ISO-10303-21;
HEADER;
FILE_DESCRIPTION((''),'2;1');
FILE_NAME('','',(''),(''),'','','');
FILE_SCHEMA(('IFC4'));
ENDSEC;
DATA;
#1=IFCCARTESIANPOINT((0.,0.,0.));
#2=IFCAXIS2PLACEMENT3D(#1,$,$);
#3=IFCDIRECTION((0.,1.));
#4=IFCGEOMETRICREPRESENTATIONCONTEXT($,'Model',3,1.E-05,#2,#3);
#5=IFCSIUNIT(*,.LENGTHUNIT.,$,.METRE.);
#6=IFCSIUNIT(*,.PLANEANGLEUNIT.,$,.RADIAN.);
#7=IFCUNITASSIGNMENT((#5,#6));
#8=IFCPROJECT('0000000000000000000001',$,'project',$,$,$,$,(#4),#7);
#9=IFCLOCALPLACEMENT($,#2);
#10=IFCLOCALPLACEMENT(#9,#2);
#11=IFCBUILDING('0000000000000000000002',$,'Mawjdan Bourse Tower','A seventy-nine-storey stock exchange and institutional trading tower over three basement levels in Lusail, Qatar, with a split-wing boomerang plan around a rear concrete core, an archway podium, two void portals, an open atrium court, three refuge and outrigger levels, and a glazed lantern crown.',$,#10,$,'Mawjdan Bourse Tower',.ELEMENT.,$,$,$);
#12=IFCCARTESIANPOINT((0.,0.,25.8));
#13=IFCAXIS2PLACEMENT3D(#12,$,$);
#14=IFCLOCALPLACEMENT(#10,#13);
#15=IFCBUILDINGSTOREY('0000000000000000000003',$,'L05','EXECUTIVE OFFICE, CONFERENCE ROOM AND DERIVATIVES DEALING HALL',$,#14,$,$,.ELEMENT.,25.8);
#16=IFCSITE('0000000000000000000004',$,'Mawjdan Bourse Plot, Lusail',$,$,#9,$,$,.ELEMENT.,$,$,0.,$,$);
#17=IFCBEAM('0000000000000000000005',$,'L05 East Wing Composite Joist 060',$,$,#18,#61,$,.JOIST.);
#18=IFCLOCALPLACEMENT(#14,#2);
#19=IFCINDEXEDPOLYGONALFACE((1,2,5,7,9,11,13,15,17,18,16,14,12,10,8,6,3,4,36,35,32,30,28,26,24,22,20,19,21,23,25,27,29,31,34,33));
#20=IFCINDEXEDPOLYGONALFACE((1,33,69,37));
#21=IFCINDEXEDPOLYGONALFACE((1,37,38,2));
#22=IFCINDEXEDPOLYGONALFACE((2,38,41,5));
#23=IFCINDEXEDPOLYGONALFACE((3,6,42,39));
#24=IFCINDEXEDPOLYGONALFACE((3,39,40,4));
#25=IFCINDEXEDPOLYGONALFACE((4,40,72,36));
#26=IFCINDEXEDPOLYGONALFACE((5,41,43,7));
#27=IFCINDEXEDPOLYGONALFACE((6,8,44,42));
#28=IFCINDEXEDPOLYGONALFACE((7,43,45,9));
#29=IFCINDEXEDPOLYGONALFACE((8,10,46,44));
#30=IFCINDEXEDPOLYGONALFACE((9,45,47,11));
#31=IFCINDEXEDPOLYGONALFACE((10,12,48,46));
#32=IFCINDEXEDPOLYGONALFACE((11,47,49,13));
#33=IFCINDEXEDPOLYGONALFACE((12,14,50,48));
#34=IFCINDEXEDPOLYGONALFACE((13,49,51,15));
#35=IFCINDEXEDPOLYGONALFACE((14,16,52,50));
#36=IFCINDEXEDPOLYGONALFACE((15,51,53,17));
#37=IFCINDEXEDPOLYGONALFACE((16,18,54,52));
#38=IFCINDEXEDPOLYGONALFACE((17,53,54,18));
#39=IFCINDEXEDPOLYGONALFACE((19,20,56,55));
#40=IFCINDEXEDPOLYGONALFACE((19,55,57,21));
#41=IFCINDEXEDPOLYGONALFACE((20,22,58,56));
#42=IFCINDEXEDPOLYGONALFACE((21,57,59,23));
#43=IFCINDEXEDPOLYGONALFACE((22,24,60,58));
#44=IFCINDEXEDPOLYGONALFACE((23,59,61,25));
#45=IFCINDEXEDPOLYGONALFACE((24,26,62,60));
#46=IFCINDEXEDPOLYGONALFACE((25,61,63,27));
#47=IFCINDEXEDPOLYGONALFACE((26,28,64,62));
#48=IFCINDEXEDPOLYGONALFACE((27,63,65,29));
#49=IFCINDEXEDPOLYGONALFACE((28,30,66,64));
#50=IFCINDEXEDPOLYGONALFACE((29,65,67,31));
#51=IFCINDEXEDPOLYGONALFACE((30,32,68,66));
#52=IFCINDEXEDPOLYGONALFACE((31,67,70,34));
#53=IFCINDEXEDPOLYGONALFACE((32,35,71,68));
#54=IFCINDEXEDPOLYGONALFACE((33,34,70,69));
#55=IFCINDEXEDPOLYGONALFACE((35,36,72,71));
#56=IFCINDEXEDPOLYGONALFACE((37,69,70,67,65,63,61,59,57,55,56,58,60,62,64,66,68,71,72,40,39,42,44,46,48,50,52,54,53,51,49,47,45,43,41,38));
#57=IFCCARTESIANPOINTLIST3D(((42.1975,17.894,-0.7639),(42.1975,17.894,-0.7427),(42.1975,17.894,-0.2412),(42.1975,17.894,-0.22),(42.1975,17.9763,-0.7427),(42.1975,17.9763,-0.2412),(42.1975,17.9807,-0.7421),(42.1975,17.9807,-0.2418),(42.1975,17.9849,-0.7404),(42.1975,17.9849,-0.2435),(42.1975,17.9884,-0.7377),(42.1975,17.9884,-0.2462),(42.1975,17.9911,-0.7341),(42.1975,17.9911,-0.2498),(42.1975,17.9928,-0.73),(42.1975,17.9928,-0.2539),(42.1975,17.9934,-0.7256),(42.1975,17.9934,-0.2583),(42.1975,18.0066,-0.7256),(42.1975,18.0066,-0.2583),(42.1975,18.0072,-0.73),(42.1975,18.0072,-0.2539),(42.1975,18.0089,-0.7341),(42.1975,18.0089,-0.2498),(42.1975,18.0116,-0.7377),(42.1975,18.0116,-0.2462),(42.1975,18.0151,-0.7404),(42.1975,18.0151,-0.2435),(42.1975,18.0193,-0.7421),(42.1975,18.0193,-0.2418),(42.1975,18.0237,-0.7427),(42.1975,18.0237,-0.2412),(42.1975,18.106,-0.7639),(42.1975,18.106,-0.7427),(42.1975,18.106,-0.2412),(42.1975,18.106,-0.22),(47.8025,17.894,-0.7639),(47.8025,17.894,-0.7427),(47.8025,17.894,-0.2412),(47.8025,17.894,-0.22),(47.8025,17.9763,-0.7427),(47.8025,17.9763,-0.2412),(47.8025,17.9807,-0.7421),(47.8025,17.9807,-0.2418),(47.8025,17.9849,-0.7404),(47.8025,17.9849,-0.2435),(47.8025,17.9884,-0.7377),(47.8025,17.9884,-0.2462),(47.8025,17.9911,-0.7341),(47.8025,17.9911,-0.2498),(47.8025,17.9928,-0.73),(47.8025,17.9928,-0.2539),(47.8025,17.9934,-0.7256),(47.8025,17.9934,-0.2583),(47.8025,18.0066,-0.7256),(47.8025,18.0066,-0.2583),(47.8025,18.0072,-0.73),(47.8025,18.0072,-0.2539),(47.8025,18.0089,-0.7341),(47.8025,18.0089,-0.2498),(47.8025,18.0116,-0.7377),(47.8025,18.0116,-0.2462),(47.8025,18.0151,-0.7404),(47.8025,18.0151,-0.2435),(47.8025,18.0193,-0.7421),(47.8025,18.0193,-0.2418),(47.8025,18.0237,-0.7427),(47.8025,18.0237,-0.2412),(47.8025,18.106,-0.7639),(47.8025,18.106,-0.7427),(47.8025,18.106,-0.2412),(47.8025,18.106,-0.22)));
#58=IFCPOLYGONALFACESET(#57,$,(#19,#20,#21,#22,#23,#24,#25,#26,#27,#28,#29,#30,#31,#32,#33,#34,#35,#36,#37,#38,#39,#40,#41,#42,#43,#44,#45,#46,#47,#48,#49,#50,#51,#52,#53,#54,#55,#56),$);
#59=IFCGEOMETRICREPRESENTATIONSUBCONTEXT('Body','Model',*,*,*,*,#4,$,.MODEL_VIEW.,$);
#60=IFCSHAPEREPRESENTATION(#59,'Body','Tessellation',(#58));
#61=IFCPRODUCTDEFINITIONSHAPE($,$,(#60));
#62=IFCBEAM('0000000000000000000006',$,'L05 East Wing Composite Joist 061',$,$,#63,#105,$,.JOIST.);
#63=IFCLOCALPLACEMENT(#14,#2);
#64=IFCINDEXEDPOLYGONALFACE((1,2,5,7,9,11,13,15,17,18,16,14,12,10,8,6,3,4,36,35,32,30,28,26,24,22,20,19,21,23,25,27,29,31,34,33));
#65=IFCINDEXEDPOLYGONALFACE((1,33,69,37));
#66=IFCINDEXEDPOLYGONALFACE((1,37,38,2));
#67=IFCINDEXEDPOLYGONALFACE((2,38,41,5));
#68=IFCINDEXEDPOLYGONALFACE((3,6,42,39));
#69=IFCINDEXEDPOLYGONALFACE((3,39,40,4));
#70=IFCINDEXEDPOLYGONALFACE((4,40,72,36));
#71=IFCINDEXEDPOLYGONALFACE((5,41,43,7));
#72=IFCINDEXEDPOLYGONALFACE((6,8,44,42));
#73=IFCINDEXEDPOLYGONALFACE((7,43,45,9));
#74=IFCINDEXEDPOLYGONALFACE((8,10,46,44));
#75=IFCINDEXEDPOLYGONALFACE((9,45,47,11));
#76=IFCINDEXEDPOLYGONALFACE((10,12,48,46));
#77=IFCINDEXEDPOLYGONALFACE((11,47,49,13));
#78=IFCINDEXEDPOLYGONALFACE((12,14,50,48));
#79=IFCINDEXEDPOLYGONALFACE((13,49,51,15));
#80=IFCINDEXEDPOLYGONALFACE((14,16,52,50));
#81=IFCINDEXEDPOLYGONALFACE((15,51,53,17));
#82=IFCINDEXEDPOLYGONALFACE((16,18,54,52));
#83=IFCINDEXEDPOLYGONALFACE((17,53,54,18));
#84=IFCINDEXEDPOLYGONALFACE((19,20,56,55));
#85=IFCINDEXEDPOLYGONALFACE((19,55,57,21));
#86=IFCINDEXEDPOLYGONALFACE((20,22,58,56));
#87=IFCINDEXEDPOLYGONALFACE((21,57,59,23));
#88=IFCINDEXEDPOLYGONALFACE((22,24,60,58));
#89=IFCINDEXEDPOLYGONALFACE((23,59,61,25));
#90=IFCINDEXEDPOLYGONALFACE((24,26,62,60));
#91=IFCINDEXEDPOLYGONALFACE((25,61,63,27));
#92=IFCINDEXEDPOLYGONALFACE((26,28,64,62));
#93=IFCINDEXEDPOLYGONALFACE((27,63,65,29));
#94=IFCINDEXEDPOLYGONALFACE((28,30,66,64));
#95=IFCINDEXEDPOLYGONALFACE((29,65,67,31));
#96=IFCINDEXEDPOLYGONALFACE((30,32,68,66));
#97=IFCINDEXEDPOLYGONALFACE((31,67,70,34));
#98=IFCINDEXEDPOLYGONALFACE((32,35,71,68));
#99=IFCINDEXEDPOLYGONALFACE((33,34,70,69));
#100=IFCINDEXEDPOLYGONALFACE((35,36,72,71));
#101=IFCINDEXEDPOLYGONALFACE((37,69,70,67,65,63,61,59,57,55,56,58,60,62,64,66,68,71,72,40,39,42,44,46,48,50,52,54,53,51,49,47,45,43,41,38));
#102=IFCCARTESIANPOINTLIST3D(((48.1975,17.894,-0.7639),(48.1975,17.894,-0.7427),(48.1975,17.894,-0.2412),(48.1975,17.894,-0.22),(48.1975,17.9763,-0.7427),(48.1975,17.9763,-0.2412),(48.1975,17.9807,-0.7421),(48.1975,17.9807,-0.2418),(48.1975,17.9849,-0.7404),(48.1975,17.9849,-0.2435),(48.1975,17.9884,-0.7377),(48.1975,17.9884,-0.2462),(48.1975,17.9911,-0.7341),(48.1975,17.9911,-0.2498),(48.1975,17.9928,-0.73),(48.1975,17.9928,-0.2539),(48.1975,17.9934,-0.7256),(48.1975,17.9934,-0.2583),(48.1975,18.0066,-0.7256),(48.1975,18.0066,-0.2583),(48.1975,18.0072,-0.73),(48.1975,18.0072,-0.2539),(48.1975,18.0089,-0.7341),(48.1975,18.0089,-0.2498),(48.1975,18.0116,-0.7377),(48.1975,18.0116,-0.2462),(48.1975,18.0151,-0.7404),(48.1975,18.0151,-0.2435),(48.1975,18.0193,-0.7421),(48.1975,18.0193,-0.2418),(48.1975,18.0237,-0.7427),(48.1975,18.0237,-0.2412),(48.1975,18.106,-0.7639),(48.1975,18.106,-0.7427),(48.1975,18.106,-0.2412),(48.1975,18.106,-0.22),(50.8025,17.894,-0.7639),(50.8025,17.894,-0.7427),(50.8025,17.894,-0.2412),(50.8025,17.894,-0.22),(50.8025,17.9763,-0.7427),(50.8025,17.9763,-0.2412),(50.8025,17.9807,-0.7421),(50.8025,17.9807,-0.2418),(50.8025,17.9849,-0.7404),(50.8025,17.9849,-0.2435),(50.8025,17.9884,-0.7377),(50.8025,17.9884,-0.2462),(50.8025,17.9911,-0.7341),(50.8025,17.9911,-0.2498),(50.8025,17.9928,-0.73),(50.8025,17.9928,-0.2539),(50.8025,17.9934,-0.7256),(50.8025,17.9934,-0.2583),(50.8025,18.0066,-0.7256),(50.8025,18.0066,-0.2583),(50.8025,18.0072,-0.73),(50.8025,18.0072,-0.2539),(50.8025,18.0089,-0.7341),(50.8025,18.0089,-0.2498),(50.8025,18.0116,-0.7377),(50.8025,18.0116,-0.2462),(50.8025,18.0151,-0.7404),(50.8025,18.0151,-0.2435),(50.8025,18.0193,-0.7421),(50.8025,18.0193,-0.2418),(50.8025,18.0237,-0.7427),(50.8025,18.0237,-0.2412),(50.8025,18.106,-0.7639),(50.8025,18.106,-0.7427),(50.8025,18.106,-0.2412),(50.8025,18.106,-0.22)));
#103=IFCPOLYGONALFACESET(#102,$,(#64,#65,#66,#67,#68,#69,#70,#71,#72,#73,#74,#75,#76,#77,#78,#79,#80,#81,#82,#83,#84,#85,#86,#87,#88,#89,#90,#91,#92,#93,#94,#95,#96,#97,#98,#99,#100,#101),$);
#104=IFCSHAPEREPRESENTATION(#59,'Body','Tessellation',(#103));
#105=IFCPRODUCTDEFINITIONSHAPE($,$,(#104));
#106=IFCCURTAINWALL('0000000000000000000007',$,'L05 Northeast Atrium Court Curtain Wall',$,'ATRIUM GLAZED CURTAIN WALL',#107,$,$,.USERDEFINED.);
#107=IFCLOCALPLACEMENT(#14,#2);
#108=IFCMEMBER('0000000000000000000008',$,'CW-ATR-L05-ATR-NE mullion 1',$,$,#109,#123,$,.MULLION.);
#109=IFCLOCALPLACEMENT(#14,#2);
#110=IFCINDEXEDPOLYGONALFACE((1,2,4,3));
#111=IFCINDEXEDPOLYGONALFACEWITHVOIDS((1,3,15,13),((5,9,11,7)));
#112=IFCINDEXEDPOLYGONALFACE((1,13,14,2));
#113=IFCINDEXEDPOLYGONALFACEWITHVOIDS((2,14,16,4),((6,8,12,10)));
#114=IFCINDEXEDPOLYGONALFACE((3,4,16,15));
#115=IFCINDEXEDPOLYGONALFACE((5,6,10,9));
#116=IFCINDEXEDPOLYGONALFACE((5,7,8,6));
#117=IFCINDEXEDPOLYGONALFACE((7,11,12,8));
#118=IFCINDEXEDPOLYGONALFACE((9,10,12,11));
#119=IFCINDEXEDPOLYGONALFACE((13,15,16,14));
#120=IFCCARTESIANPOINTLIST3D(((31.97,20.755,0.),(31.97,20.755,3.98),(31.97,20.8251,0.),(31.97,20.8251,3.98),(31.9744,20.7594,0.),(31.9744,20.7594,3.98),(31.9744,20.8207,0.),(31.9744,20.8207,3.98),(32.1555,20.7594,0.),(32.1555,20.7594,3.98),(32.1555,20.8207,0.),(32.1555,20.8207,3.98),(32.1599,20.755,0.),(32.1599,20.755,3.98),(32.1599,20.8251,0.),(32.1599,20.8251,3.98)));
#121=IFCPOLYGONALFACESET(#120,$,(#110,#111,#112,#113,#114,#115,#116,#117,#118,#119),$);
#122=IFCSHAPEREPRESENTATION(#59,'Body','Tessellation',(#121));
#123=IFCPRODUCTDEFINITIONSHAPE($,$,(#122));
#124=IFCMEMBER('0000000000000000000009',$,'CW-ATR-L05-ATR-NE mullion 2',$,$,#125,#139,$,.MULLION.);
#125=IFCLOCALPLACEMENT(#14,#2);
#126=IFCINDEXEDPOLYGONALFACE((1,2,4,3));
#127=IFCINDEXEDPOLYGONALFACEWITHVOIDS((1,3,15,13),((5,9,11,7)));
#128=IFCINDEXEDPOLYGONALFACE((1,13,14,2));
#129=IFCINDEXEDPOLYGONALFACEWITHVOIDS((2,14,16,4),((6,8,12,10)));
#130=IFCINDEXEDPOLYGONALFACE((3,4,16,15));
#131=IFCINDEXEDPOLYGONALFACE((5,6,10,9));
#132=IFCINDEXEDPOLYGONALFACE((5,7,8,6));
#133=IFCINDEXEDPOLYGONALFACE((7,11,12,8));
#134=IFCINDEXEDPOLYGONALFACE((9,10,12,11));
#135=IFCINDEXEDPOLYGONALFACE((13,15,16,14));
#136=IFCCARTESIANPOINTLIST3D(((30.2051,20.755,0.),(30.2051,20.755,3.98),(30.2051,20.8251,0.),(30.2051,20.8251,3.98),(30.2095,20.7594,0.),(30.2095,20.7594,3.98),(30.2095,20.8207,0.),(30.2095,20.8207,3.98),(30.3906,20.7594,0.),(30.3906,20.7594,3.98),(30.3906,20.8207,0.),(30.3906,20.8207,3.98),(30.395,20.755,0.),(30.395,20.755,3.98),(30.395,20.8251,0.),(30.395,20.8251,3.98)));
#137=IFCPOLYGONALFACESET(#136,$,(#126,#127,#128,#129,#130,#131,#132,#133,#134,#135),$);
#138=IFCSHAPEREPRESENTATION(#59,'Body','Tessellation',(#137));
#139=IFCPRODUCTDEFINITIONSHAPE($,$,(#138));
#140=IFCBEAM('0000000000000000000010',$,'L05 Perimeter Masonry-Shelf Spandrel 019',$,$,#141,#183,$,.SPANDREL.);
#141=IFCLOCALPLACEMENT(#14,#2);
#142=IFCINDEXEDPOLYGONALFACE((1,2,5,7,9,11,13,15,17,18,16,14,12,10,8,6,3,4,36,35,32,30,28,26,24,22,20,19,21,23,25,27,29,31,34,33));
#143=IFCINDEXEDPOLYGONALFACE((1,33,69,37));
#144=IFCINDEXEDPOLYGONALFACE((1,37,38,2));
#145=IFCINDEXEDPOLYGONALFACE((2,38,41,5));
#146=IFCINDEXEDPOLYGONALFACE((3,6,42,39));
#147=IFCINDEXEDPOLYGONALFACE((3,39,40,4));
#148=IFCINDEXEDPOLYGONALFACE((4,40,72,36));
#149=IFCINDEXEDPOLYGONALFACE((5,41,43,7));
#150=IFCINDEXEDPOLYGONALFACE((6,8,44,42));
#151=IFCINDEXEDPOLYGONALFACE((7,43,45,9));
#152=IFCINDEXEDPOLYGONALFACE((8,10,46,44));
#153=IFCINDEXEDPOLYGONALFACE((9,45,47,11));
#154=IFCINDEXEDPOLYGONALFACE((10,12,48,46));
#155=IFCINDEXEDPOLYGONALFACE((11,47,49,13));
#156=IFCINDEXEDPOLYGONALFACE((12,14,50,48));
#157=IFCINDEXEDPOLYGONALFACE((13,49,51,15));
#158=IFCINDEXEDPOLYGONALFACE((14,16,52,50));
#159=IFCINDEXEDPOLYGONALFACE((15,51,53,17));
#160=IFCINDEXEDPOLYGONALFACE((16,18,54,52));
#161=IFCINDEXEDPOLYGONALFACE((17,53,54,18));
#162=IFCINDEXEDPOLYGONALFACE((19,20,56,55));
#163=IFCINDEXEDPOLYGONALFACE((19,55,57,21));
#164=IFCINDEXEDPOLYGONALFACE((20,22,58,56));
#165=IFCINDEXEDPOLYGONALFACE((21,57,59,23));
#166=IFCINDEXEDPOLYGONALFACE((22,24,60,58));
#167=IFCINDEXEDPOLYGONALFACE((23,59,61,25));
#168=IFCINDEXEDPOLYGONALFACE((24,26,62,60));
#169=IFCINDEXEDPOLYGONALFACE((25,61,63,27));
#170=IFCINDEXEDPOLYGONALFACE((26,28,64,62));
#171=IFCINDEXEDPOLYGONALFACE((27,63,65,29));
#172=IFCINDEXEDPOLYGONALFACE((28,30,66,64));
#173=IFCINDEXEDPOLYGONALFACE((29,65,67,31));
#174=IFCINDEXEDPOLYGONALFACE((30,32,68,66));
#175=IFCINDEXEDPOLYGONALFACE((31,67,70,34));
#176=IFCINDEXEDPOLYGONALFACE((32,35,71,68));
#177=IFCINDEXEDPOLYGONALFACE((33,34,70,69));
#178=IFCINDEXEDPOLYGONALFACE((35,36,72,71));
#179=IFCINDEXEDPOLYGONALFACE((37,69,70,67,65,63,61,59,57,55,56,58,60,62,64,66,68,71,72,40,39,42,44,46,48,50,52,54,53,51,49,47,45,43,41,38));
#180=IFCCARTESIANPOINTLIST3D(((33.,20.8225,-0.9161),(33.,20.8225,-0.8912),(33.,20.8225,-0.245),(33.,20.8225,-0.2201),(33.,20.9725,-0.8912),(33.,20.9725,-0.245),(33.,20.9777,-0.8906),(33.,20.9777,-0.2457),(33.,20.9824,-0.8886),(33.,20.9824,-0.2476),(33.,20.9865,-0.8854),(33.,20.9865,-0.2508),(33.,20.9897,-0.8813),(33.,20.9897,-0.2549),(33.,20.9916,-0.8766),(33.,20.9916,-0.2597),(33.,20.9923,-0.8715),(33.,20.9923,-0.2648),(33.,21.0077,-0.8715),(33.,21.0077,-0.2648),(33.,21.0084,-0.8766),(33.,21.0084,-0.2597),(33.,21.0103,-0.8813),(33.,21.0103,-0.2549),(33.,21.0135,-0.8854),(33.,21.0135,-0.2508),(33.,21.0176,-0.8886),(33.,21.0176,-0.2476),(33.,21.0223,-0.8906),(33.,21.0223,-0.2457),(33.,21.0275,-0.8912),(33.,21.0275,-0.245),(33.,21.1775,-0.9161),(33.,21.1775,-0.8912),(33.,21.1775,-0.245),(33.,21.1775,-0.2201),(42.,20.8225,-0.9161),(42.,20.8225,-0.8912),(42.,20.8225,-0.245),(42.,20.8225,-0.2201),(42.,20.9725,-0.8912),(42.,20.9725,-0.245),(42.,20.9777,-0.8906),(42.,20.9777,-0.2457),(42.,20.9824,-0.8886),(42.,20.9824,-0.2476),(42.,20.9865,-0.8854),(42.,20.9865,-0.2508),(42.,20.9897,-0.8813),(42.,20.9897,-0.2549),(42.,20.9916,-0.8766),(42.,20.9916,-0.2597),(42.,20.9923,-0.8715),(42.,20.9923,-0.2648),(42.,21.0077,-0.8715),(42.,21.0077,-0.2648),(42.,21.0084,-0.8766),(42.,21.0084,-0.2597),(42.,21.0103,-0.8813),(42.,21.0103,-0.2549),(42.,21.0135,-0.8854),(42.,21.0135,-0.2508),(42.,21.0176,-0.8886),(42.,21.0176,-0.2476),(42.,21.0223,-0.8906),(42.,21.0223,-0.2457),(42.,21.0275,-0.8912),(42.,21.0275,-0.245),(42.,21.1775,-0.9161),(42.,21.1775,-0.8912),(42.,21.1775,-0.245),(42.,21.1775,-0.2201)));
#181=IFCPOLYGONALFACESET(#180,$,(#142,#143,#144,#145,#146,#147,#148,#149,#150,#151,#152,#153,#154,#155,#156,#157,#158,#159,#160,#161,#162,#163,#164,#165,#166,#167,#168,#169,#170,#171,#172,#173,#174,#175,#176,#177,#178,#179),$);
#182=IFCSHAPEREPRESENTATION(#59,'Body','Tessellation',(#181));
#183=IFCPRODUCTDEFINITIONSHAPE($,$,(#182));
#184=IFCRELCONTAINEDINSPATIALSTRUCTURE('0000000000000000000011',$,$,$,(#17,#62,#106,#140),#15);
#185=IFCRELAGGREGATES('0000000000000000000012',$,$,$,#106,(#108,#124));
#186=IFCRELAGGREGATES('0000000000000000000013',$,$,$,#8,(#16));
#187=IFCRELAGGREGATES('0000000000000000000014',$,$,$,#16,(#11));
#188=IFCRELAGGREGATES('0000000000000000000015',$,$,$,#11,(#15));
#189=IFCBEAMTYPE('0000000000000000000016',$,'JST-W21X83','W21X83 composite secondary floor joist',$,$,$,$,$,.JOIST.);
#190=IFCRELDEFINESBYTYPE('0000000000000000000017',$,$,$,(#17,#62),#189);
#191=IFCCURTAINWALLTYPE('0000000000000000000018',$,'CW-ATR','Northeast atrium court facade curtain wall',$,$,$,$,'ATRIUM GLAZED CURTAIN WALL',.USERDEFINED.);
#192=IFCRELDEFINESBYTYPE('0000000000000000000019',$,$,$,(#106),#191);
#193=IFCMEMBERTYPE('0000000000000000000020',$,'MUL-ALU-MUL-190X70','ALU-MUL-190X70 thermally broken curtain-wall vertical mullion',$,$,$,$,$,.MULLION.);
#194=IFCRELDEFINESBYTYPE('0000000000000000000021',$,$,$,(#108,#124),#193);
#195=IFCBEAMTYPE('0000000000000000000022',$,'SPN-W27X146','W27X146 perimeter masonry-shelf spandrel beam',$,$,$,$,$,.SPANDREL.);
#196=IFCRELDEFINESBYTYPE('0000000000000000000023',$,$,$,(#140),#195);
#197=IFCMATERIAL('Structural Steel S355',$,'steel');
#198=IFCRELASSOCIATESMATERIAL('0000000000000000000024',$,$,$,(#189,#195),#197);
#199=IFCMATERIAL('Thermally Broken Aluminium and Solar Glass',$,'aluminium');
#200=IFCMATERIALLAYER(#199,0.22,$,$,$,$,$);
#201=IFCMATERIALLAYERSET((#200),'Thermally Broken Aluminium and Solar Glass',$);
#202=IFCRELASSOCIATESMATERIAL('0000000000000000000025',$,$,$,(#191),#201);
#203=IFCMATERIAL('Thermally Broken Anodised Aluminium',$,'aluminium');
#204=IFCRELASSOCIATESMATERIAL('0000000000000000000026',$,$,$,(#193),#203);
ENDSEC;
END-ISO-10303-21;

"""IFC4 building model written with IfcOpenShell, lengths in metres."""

from ifc_helpers import new_model, si_unit, direction, frame, origin, origin_2d, place, context, subcontext, project, spatial, hollow_rectangle, i_section, extrude, material, layer, layer_set, material_profile, profile_set, type_object, element, aggregate, save


model = new_model("IFC4")

# Units and contexts
model_context = context("Model", 3, precision=1e-05, world=origin(), true_north=direction((0.0, 1.0)))
body_context = subcontext(model_context, "Body", "Model", "MODEL_VIEW")
ifc_project = project(units=[si_unit("LENGTHUNIT", "METRE"), si_unit("PLANEANGLEUNIT", "RADIAN")], contexts=[model_context])

# Site, building, storey
site_placement = place(None, origin())
site = spatial("IfcSite", under=ifc_project, at=site_placement, Name="Mawjdan Bourse Plot, Lusail", CompositionType="ELEMENT", RefElevation=0.0)
building_placement = place(site_placement, origin())
building = spatial("IfcBuilding", under=site, at=building_placement, Name="Mawjdan Bourse Tower", Description="A seventy-nine-storey stock exchange and institutional trading tower over three basement levels in Lusail, Qatar, with a split-wing boomerang plan around a rear concrete core, an archway podium, two void portals, an open atrium court, three refuge and outrigger levels, and a glazed lantern crown.", LongName="Mawjdan Bourse Tower", CompositionType="ELEMENT")
storey_placement = place(building_placement, frame((0.0, 0.0, 25.8)))
storey = spatial("IfcBuildingStorey", under=building, at=storey_placement, Name="L05", Description="EXECUTIVE OFFICE, CONFERENCE ROOM AND DERIVATIVES DEALING HALL", CompositionType="ELEMENT", Elevation=25.8)

# Beams
ifc_material_1 = material(Name="Structural Steel S355", Category="steel")
ifc_material_profile_1 = material_profile(ifc_material_1, i_section(OverallWidth=0.2119, OverallDepth=0.5439, WebThickness=0.0132, FlangeThickness=0.0212, FilletRadius=0.0171, at=origin_2d()), Name="W21X83")
ifc_profile_set_1 = profile_set([ifc_material_profile_1], Name="Structural Steel S355")
beam_type_1 = type_object("IfcBeamType", Name="JST-W21X83", Description="W21X83 composite secondary floor joist", PredefinedType="JOIST", material=ifc_profile_set_1)
beam_1_placement = place(storey_placement, frame((42.1975, 18.0, -0.4919), z_axis=(1.0, 0.0, 0.0), x_axis=(0.0, 1.0, 0.0)))
element("IfcBeam", 1, at=beam_1_placement, inside=storey, type_object=beam_type_1, Name="L05 East Wing Composite Joist 060", PredefinedType="JOIST", context=body_context, shape_type="SweptSolid", body=[
    extrude(i_section(OverallWidth=0.2119, OverallDepth=0.5439, WebThickness=0.0132, FlangeThickness=0.0212, FilletRadius=0.0171, at=origin_2d()), origin(), (0.0, 0.0, 1.0), 5.605),
])
beam_2_placement = place(storey_placement, frame((48.1975, 18.0, -0.4919), z_axis=(1.0, 0.0, 0.0), x_axis=(0.0, 1.0, 0.0)))
element("IfcBeam", 2, at=beam_2_placement, inside=storey, type_object=beam_type_1, Name="L05 East Wing Composite Joist 061", PredefinedType="JOIST", context=body_context, shape_type="SweptSolid", body=[
    extrude(i_section(OverallWidth=0.2119, OverallDepth=0.5439, WebThickness=0.0132, FlangeThickness=0.0212, FilletRadius=0.0171, at=origin_2d()), origin(), (0.0, 0.0, 1.0), 2.605),
])

# Curtain wall, members
ifc_material_2 = material(Name="Thermally Broken Aluminium and Solar Glass", Category="aluminium")
ifc_layer_1 = layer(ifc_material_2, 0.22)
ifc_layer_set_1 = layer_set([ifc_layer_1], Name="Thermally Broken Aluminium and Solar Glass")
curtain_wall_type = type_object("IfcCurtainWallType", Name="CW-ATR", Description="Northeast atrium court facade curtain wall", ElementType="ATRIUM GLAZED CURTAIN WALL", PredefinedType="USERDEFINED", material=ifc_layer_set_1)
curtain_wall_placement = place(storey_placement, origin())
curtain_wall = element("IfcCurtainWall", 3, at=curtain_wall_placement, inside=storey, type_object=curtain_wall_type, Name="L05 Northeast Atrium Court Curtain Wall", ObjectType="ATRIUM GLAZED CURTAIN WALL", PredefinedType="USERDEFINED")
ifc_material_3 = material(Name="Thermally Broken Anodised Aluminium", Category="aluminium")
ifc_material_profile_2 = material_profile(ifc_material_3, hollow_rectangle(XDim=0.0701, YDim=0.1899, WallThickness=0.0044, at=origin_2d()), Name="ALU-MUL-190X70")
ifc_profile_set_2 = profile_set([ifc_material_profile_2], Name="Thermally Broken Anodised Aluminium")
member_type_1 = type_object("IfcMemberType", Name="MUL-ALU-MUL-190X70", Description="ALU-MUL-190X70 thermally broken curtain-wall vertical mullion", PredefinedType="MULLION", material=ifc_profile_set_2)
member_1_placement = place(storey_placement, frame((32.0649, 20.79, 0.0), z_axis=(0.0, 0.0, 1.0), x_axis=(0.0, -1.0, 0.0)))
member_1 = element("IfcMember", 4, at=member_1_placement, type_object=member_type_1, Name="CW-ATR-L05-ATR-NE mullion 1", PredefinedType="MULLION", context=body_context, shape_type="SweptSolid", body=[
    extrude(hollow_rectangle(XDim=0.0701, YDim=0.1899, WallThickness=0.0044, at=origin_2d()), origin(), (0.0, 0.0, 1.0), 3.98),
])
member_2_placement = place(storey_placement, frame((30.3, 20.79, 0.0), z_axis=(0.0, 0.0, 1.0), x_axis=(0.0, -1.0, 0.0)))
member_2 = element("IfcMember", 5, at=member_2_placement, type_object=member_type_1, Name="CW-ATR-L05-ATR-NE mullion 2", PredefinedType="MULLION", context=body_context, shape_type="SweptSolid", body=[
    extrude(hollow_rectangle(XDim=0.0701, YDim=0.1899, WallThickness=0.0044, at=origin_2d()), origin(), (0.0, 0.0, 1.0), 3.98),
])

# Beam
ifc_material_profile_3 = material_profile(ifc_material_1, i_section(OverallWidth=0.355, OverallDepth=0.696, WebThickness=0.0154, FlangeThickness=0.0249, FilletRadius=0.0198, at=origin_2d()), Name="W27X146")
ifc_profile_set_3 = profile_set([ifc_material_profile_3], Name="Structural Steel S355")
beam_type_2 = type_object("IfcBeamType", Name="SPN-W27X146", Description="W27X146 perimeter masonry-shelf spandrel beam", PredefinedType="SPANDREL", material=ifc_profile_set_3)
beam_3_placement = place(storey_placement, frame((33.0, 21.0, -0.5681), z_axis=(1.0, 0.0, 0.0), x_axis=(0.0, 1.0, 0.0)))
element("IfcBeam", 6, at=beam_3_placement, inside=storey, type_object=beam_type_2, Name="L05 Perimeter Masonry-Shelf Spandrel 019", PredefinedType="SPANDREL", context=body_context, shape_type="SweptSolid", body=[
    extrude(i_section(OverallWidth=0.355, OverallDepth=0.696, WebThickness=0.0154, FlangeThickness=0.0249, FilletRadius=0.0198, at=origin_2d()), origin(), (0.0, 0.0, 1.0), 9.0),
])

aggregate(curtain_wall, [member_1, member_2])

save(model, "model.ifc")
